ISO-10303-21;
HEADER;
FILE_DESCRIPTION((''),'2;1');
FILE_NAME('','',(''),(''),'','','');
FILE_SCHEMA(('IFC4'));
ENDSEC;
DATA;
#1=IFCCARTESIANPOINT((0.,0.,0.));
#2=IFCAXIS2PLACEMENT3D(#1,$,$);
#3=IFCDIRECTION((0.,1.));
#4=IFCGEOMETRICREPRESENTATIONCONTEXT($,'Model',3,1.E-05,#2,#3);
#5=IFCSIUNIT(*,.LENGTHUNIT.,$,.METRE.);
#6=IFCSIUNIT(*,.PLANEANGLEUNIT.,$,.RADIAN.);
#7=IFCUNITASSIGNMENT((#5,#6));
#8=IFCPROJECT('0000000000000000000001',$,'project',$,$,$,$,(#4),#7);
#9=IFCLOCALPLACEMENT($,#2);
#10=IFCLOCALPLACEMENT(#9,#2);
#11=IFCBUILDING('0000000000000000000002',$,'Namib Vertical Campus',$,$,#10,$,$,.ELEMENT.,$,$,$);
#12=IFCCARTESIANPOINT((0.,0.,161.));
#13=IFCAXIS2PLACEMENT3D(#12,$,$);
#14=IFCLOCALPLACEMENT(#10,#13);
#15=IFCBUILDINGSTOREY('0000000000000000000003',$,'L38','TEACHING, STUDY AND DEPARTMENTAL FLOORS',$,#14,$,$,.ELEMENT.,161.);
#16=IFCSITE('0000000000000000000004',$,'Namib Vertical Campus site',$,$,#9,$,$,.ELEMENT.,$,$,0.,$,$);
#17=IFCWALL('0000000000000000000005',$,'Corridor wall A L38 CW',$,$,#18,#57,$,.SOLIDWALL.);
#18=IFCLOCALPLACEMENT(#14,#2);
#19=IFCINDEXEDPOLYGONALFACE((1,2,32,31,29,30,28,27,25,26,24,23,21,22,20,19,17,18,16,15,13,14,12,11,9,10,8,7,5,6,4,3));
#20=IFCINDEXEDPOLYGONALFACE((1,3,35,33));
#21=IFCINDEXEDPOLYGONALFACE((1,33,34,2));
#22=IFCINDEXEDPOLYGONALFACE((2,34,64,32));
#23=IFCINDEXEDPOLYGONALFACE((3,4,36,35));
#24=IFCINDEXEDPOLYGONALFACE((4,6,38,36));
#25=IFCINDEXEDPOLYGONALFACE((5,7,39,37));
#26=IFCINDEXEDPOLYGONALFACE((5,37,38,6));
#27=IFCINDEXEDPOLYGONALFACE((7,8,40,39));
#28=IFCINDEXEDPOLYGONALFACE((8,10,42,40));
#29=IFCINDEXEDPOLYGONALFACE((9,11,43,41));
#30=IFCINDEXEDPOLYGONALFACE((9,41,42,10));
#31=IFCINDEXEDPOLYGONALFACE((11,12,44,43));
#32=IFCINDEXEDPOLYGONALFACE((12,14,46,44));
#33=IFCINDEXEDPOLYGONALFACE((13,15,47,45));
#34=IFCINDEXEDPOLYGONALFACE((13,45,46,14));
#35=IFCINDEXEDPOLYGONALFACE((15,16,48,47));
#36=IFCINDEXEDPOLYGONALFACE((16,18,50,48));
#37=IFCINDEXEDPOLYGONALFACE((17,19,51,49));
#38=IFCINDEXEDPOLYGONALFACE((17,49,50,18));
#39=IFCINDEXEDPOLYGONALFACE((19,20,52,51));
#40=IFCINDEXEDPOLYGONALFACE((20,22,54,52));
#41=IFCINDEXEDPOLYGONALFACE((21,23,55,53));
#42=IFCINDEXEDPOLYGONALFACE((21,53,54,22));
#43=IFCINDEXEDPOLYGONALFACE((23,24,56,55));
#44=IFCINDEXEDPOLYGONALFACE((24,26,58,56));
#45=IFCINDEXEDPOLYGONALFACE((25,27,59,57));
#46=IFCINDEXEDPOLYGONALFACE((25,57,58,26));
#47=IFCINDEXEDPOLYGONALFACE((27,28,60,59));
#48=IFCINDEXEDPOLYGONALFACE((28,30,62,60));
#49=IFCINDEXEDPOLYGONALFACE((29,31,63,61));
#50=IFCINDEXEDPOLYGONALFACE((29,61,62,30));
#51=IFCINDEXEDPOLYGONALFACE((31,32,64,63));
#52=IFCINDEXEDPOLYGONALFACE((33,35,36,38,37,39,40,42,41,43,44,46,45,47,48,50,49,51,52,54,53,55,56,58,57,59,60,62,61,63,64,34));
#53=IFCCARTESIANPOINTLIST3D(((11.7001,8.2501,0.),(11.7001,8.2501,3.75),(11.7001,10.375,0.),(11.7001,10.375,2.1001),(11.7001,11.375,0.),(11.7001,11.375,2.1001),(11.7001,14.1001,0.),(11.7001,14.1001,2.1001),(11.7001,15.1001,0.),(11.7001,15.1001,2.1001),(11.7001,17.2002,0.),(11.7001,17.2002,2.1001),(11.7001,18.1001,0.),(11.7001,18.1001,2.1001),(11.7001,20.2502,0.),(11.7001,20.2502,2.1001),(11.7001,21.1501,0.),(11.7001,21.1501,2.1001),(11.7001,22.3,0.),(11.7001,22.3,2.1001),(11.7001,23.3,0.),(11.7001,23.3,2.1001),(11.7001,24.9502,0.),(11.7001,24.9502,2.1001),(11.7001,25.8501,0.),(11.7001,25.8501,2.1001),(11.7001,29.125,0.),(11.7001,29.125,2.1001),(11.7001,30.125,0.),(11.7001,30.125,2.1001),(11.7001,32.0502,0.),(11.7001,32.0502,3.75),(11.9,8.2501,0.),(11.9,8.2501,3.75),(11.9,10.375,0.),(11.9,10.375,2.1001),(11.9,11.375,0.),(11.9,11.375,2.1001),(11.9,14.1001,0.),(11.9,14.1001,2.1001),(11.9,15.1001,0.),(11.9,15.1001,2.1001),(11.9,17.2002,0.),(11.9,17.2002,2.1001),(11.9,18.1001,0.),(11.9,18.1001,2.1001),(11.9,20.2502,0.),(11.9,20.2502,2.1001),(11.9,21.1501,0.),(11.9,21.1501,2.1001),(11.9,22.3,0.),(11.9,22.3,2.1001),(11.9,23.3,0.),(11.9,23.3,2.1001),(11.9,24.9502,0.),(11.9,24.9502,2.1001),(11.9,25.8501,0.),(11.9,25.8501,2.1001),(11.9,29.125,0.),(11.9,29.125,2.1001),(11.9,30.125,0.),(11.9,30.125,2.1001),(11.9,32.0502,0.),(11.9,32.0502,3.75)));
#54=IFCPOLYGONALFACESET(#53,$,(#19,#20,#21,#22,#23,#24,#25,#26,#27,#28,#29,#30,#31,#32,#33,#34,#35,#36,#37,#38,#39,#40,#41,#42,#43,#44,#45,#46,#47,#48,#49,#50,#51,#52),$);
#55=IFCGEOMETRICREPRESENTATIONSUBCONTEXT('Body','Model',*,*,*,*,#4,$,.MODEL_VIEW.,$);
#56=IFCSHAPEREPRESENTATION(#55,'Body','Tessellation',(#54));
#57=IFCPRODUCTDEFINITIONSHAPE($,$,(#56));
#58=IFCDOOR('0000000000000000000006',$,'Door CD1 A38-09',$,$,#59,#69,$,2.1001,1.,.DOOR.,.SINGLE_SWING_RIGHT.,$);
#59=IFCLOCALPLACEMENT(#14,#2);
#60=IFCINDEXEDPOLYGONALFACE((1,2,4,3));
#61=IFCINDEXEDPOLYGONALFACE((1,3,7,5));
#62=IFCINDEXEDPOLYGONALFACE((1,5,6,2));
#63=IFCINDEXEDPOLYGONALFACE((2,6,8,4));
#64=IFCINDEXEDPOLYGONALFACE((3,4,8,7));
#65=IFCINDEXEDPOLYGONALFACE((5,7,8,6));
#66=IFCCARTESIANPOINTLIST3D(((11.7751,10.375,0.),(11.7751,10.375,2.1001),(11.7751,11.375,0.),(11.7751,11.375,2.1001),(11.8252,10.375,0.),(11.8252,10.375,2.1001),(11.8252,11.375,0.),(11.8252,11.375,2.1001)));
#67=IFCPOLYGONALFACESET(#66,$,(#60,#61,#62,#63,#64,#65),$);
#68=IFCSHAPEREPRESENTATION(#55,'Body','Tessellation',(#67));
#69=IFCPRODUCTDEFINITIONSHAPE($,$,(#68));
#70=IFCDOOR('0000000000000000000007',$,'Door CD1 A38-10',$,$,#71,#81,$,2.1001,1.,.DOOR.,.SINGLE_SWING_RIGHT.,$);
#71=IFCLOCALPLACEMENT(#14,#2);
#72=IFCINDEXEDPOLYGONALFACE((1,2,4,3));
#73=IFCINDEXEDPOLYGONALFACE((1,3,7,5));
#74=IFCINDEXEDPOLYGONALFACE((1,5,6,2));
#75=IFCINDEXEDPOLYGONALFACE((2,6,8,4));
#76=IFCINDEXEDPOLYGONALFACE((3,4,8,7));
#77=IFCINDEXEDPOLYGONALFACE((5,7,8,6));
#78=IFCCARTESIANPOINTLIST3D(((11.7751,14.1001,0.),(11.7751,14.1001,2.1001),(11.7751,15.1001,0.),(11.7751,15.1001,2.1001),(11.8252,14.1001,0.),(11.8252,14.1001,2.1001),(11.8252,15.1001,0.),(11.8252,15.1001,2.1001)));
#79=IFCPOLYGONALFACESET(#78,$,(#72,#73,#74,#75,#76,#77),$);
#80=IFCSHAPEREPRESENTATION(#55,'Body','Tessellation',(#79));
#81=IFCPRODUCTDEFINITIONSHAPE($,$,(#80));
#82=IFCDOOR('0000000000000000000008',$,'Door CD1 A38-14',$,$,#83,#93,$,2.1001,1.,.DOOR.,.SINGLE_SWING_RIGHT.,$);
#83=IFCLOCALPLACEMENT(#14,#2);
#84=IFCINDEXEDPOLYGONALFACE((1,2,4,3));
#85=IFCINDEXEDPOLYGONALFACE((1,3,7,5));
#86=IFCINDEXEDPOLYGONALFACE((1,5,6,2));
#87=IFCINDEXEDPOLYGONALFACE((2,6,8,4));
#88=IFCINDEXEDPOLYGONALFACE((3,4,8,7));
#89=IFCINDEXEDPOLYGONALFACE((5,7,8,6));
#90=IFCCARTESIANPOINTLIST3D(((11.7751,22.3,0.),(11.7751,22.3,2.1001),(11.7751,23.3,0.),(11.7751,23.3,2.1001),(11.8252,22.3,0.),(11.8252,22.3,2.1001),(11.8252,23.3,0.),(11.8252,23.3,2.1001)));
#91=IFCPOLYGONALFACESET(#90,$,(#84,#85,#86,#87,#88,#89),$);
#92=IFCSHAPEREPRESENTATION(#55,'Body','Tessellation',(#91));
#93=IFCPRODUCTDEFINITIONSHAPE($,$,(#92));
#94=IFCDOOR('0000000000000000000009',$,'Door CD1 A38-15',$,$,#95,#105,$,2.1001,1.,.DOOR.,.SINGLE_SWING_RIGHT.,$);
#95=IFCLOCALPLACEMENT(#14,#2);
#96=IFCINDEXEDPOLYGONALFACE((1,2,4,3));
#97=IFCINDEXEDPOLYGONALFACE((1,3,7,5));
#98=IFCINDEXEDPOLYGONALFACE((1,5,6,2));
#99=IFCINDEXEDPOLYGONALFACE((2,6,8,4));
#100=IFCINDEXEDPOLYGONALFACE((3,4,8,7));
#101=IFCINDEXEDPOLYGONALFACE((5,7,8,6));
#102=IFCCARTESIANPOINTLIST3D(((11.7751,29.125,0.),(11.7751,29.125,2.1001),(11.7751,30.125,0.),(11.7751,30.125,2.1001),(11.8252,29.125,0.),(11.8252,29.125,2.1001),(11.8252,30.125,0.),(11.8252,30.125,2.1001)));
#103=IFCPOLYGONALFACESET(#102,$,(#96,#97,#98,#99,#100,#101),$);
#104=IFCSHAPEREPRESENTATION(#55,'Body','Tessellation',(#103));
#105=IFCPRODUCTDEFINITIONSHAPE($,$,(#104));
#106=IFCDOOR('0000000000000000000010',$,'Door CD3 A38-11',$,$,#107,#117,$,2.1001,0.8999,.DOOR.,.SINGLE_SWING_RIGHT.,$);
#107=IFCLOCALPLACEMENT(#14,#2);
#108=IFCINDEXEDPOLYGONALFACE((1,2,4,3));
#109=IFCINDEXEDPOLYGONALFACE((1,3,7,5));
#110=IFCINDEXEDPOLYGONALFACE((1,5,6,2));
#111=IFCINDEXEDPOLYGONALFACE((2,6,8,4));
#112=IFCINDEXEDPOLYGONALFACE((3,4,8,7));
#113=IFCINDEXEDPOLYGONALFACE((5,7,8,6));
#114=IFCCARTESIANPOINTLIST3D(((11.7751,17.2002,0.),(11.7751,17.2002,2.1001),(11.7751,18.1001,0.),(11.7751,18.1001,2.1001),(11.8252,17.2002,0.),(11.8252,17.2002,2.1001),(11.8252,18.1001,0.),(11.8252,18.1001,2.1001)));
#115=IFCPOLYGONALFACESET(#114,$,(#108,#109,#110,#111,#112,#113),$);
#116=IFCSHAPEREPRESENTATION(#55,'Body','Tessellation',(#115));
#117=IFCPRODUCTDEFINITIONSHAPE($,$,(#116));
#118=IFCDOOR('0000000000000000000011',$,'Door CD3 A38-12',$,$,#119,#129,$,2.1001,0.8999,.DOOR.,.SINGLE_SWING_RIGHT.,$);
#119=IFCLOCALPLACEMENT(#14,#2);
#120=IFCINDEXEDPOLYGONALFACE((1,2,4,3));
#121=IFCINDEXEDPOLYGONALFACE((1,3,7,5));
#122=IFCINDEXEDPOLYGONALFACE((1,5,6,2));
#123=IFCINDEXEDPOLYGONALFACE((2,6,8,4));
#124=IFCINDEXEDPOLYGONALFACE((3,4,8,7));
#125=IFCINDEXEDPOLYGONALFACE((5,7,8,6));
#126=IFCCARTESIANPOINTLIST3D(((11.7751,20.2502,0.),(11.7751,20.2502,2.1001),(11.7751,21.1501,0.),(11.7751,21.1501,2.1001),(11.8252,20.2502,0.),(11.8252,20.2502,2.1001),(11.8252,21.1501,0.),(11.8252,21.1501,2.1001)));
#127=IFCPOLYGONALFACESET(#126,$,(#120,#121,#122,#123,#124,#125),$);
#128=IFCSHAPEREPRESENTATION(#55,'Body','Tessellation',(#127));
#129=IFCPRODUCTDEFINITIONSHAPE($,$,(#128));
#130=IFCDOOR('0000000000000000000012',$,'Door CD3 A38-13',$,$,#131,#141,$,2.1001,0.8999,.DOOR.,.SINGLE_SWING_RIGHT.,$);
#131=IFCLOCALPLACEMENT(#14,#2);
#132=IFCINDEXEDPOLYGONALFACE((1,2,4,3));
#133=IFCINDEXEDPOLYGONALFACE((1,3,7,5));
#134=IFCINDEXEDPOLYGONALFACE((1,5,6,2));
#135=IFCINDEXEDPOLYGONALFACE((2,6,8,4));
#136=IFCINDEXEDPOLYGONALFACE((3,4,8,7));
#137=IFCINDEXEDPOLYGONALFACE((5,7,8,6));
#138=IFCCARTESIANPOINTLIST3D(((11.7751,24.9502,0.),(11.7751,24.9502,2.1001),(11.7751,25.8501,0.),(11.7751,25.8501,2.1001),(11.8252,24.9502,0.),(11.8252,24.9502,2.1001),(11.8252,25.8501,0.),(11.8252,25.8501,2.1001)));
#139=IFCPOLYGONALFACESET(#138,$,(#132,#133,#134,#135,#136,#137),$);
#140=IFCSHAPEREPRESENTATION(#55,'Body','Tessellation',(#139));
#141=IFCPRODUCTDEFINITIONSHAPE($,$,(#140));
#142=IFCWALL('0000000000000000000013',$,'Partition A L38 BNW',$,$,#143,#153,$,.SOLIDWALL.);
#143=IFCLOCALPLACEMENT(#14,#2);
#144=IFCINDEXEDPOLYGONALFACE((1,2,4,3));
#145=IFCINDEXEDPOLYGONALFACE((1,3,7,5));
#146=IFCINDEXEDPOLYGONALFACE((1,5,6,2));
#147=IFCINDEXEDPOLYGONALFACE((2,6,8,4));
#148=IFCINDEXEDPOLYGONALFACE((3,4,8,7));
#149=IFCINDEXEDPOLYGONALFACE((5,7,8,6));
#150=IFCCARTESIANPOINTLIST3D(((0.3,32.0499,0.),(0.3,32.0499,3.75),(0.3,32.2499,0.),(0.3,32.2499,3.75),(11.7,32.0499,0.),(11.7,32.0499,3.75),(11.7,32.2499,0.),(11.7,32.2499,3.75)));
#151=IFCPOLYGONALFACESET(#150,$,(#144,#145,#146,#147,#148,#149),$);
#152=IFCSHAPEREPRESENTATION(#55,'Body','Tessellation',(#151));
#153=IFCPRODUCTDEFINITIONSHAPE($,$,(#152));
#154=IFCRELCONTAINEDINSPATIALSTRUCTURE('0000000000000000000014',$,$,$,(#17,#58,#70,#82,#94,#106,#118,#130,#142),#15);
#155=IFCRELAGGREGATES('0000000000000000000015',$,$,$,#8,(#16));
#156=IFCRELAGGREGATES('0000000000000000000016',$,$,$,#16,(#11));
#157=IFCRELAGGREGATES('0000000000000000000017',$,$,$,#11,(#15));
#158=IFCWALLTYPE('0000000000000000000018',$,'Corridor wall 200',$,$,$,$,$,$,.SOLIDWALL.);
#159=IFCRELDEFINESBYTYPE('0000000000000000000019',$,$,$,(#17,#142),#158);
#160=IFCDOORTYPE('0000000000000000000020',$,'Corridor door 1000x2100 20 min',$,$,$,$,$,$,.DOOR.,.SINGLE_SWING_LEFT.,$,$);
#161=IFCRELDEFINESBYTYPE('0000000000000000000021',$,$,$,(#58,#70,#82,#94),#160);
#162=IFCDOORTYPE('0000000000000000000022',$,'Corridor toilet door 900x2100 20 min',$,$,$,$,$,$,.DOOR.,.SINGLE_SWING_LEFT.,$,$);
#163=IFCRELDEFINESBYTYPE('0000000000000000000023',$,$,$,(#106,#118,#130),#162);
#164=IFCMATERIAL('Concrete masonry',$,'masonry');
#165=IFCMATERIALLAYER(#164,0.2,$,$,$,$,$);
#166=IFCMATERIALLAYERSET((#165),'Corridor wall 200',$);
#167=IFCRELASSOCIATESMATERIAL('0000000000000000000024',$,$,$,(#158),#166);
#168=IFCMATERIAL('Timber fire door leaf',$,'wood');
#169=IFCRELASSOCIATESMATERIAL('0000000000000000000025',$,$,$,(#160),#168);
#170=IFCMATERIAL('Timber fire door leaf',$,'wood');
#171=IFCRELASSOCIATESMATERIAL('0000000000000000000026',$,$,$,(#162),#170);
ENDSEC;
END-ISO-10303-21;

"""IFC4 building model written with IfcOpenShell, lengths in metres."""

from ifc_helpers import new_model, si_unit, direction, frame, frame_2d, origin, place, context, subcontext, project, spatial, rectangle, extrude, material, layer, layer_set, type_object, element, fill, save


model = new_model("IFC4")

# Units and contexts
model_context = context("Model", 3, precision=1e-05, world=origin(), true_north=direction((0.0, 1.0)))
body_context = subcontext(model_context, "Body", "Model", "MODEL_VIEW")
ifc_project = project(units=[si_unit("LENGTHUNIT", "METRE"), si_unit("PLANEANGLEUNIT", "RADIAN")], contexts=[model_context])

# Site, building, storey
site_placement = place(None, origin())
site = spatial("IfcSite", under=ifc_project, at=site_placement, Name="Namib Vertical Campus site", CompositionType="ELEMENT", RefElevation=0.0)
building_placement = place(site_placement, origin())
building = spatial("IfcBuilding", under=site, at=building_placement, Name="Namib Vertical Campus", CompositionType="ELEMENT")
storey_placement = place(building_placement, frame((0.0, 0.0, 161.0)))
storey = spatial("IfcBuildingStorey", under=building, at=storey_placement, Name="L38", Description="TEACHING, STUDY AND DEPARTMENTAL FLOORS", CompositionType="ELEMENT", Elevation=161.0)

# Wall, openings, doors
ifc_material_1 = material(Name="Concrete masonry", Category="masonry")
ifc_layer_1 = layer(ifc_material_1, 0.2)
ifc_layer_set_1 = layer_set([ifc_layer_1], Name="Corridor wall 200")
wall_type_1 = type_object("IfcWallType", Name="Corridor wall 200", PredefinedType="SOLIDWALL", material=ifc_layer_set_1)
wall_1_placement = place(storey_placement, frame((11.8, 32.05, 0.0), z_axis=(0.0, 0.0, 1.0), x_axis=(0.0, -1.0, 0.0)))
wall_1 = element("IfcWall", 1, at=wall_1_placement, inside=storey, type_object=wall_type_1, Name="Corridor wall A L38 CW", PredefinedType="SOLIDWALL", context=body_context, shape_type="SweptSolid", body=[
    extrude(rectangle(XDim=23.8, YDim=0.2, at=frame_2d((11.8999, 0.0))), origin(), (0.0, 0.0, 1.0), 3.75),
])
opening_1_placement = place(wall_1_placement, frame((20.675, 0.0, 0.0)))
opening_1 = element("IfcOpeningElement", 2, at=opening_1_placement, cuts=wall_1, PredefinedType="OPENING", context=body_context, shape_type="SweptSolid", body=[
    extrude(rectangle(XDim=1.0, YDim=2.1001, at=frame_2d((0.5, 1.05))), frame((0.0, 0.1099, 0.0), z_axis=(0.0, -1.0, 0.0), x_axis=(1.0, 0.0, 0.0)), (0.0, 0.0, 1.0), 0.22),
])
opening_2_placement = place(wall_1_placement, frame((16.95, 0.0, 0.0)))
opening_2 = element("IfcOpeningElement", 3, at=opening_2_placement, cuts=wall_1, PredefinedType="OPENING", context=body_context, shape_type="SweptSolid", body=[
    extrude(rectangle(XDim=1.0, YDim=2.1001, at=frame_2d((0.5, 1.05))), frame((0.0, 0.1099, 0.0), z_axis=(0.0, -1.0, 0.0), x_axis=(1.0, 0.0, 0.0)), (0.0, 0.0, 1.0), 0.22),
])
opening_3_placement = place(wall_1_placement, frame((13.95, 0.0, 0.0)))
opening_3 = element("IfcOpeningElement", 4, at=opening_3_placement, cuts=wall_1, PredefinedType="OPENING", context=body_context, shape_type="SweptSolid", body=[
    extrude(rectangle(XDim=0.8999, YDim=2.1001, at=frame_2d((0.45, 1.05))), frame((0.0, 0.1099, 0.0), z_axis=(0.0, -1.0, 0.0), x_axis=(1.0, 0.0, 0.0)), (0.0, 0.0, 1.0), 0.22),
])
opening_4_placement = place(wall_1_placement, frame((10.8999, 0.0, 0.0)))
opening_4 = element("IfcOpeningElement", 5, at=opening_4_placement, cuts=wall_1, PredefinedType="OPENING", context=body_context, shape_type="SweptSolid", body=[
    extrude(rectangle(XDim=0.8999, YDim=2.1001, at=frame_2d((0.45, 1.05))), frame((0.0, 0.1099, 0.0), z_axis=(0.0, -1.0, 0.0), x_axis=(1.0, 0.0, 0.0)), (0.0, 0.0, 1.0), 0.22),
])
opening_5_placement = place(wall_1_placement, frame((6.2, 0.0, 0.0)))
opening_5 = element("IfcOpeningElement", 6, at=opening_5_placement, cuts=wall_1, PredefinedType="OPENING", context=body_context, shape_type="SweptSolid", body=[
    extrude(rectangle(XDim=0.8999, YDim=2.1001, at=frame_2d((0.45, 1.05))), frame((0.0, 0.1099, 0.0), z_axis=(0.0, -1.0, 0.0), x_axis=(1.0, 0.0, 0.0)), (0.0, 0.0, 1.0), 0.22),
])
opening_6_placement = place(wall_1_placement, frame((8.75, 0.0, 0.0)))
opening_6 = element("IfcOpeningElement", 7, at=opening_6_placement, cuts=wall_1, PredefinedType="OPENING", context=body_context, shape_type="SweptSolid", body=[
    extrude(rectangle(XDim=1.0, YDim=2.1001, at=frame_2d((0.5, 1.05))), frame((0.0, 0.1099, 0.0), z_axis=(0.0, -1.0, 0.0), x_axis=(1.0, 0.0, 0.0)), (0.0, 0.0, 1.0), 0.22),
])
opening_7_placement = place(wall_1_placement, frame((1.925, 0.0, 0.0)))
opening_7 = element("IfcOpeningElement", 8, at=opening_7_placement, cuts=wall_1, PredefinedType="OPENING", context=body_context, shape_type="SweptSolid", body=[
    extrude(rectangle(XDim=1.0, YDim=2.1001, at=frame_2d((0.5, 1.05))), frame((0.0, 0.1099, 0.0), z_axis=(0.0, -1.0, 0.0), x_axis=(1.0, 0.0, 0.0)), (0.0, 0.0, 1.0), 0.22),
])
ifc_material_2 = material(Name="Timber fire door leaf", Category="wood")
door_type_1 = type_object("IfcDoorType", Name="Corridor door 1000x2100 20 min", OperationType="SINGLE_SWING_LEFT", PredefinedType="DOOR", material=ifc_material_2)
door_1_placement = place(opening_1_placement, frame((1.0, 0.0, 0.0), z_axis=(0.0, 0.0, 1.0), x_axis=(-1.0, 0.0, 0.0)))
door_1 = element("IfcDoor", 9, at=door_1_placement, inside=storey, type_object=door_type_1, Name="Door CD1 A38-09", OperationType="SINGLE_SWING_RIGHT", OverallHeight=2.1001, OverallWidth=1.0, PredefinedType="DOOR", context=body_context, shape_type="SweptSolid", body=[
    extrude(rectangle(XDim=1.0, YDim=2.1001, at=frame_2d((0.5, 1.05))), frame((0.0, 0.0249, 0.0), z_axis=(0.0, -1.0, 0.0), x_axis=(1.0, 0.0, 0.0)), (0.0, 0.0, 1.0), 0.05),
])
fill(opening_1, door_1)
door_2_placement = place(opening_2_placement, frame((1.0, 0.0, 0.0), z_axis=(0.0, 0.0, 1.0), x_axis=(-1.0, 0.0, 0.0)))
door_2 = element("IfcDoor", 10, at=door_2_placement, inside=storey, type_object=door_type_1, Name="Door CD1 A38-10", OperationType="SINGLE_SWING_RIGHT", OverallHeight=2.1001, OverallWidth=1.0, PredefinedType="DOOR", context=body_context, shape_type="SweptSolid", body=[
    extrude(rectangle(XDim=1.0, YDim=2.1001, at=frame_2d((0.5, 1.05))), frame((0.0, 0.0249, 0.0), z_axis=(0.0, -1.0, 0.0), x_axis=(1.0, 0.0, 0.0)), (0.0, 0.0, 1.0), 0.05),
])
fill(opening_2, door_2)
door_3_placement = place(opening_6_placement, frame((1.0, 0.0, 0.0), z_axis=(0.0, 0.0, 1.0), x_axis=(-1.0, 0.0, 0.0)))
door_3 = element("IfcDoor", 11, at=door_3_placement, inside=storey, type_object=door_type_1, Name="Door CD1 A38-14", OperationType="SINGLE_SWING_RIGHT", OverallHeight=2.1001, OverallWidth=1.0, PredefinedType="DOOR", context=body_context, shape_type="SweptSolid", body=[
    extrude(rectangle(XDim=1.0, YDim=2.1001, at=frame_2d((0.5, 1.05))), frame((0.0, 0.0249, 0.0), z_axis=(0.0, -1.0, 0.0), x_axis=(1.0, 0.0, 0.0)), (0.0, 0.0, 1.0), 0.05),
])
fill(opening_6, door_3)
door_4_placement = place(opening_7_placement, frame((1.0, 0.0, 0.0), z_axis=(0.0, 0.0, 1.0), x_axis=(-1.0, 0.0, 0.0)))
door_4 = element("IfcDoor", 12, at=door_4_placement, inside=storey, type_object=door_type_1, Name="Door CD1 A38-15", OperationType="SINGLE_SWING_RIGHT", OverallHeight=2.1001, OverallWidth=1.0, PredefinedType="DOOR", context=body_context, shape_type="SweptSolid", body=[
    extrude(rectangle(XDim=1.0, YDim=2.1001, at=frame_2d((0.5, 1.05))), frame((0.0, 0.0249, 0.0), z_axis=(0.0, -1.0, 0.0), x_axis=(1.0, 0.0, 0.0)), (0.0, 0.0, 1.0), 0.05),
])
fill(opening_7, door_4)
ifc_material_3 = material(Name="Timber fire door leaf", Category="wood")
door_type_2 = type_object("IfcDoorType", Name="Corridor toilet door 900x2100 20 min", OperationType="SINGLE_SWING_LEFT", PredefinedType="DOOR", material=ifc_material_3)
door_5_placement = place(opening_3_placement, frame((0.8999, 0.0, 0.0), z_axis=(0.0, 0.0, 1.0), x_axis=(-1.0, 0.0, 0.0)))
door_5 = element("IfcDoor", 13, at=door_5_placement, inside=storey, type_object=door_type_2, Name="Door CD3 A38-11", OperationType="SINGLE_SWING_RIGHT", OverallHeight=2.1001, OverallWidth=0.8999, PredefinedType="DOOR", context=body_context, shape_type="SweptSolid", body=[
    extrude(rectangle(XDim=0.8999, YDim=2.1001, at=frame_2d((0.45, 1.05))), frame((0.0, 0.0249, 0.0), z_axis=(0.0, -1.0, 0.0), x_axis=(1.0, 0.0, 0.0)), (0.0, 0.0, 1.0), 0.05),
])
fill(opening_3, door_5)
door_6_placement = place(opening_4_placement, frame((0.8999, 0.0, 0.0), z_axis=(0.0, 0.0, 1.0), x_axis=(-1.0, 0.0, 0.0)))
door_6 = element("IfcDoor", 14, at=door_6_placement, inside=storey, type_object=door_type_2, Name="Door CD3 A38-12", OperationType="SINGLE_SWING_RIGHT", OverallHeight=2.1001, OverallWidth=0.8999, PredefinedType="DOOR", context=body_context, shape_type="SweptSolid", body=[
    extrude(rectangle(XDim=0.8999, YDim=2.1001, at=frame_2d((0.45, 1.05))), frame((0.0, 0.0249, 0.0), z_axis=(0.0, -1.0, 0.0), x_axis=(1.0, 0.0, 0.0)), (0.0, 0.0, 1.0), 0.05),
])
fill(opening_4, door_6)
door_7_placement = place(opening_5_placement, frame((0.8999, 0.0, 0.0), z_axis=(0.0, 0.0, 1.0), x_axis=(-1.0, 0.0, 0.0)))
door_7 = element("IfcDoor", 15, at=door_7_placement, inside=storey, type_object=door_type_2, Name="Door CD3 A38-13", OperationType="SINGLE_SWING_RIGHT", OverallHeight=2.1001, OverallWidth=0.8999, PredefinedType="DOOR", context=body_context, shape_type="SweptSolid", body=[
    extrude(rectangle(XDim=0.8999, YDim=2.1001, at=frame_2d((0.45, 1.05))), frame((0.0, 0.0249, 0.0), z_axis=(0.0, -1.0, 0.0), x_axis=(1.0, 0.0, 0.0)), (0.0, 0.0, 1.0), 0.05),
])
fill(opening_5, door_7)

# Wall
wall_2_placement = place(storey_placement, frame((0.3, 32.1499, 0.0), z_axis=(0.0, 0.0, 1.0), x_axis=(1.0, 0.0, 0.0)))
element("IfcWall", 16, at=wall_2_placement, inside=storey, type_object=wall_type_1, Name="Partition A L38 BNW", PredefinedType="SOLIDWALL", context=body_context, shape_type="SweptSolid", body=[
    extrude(rectangle(XDim=11.3999, YDim=0.2, at=frame_2d((5.7, 0.0))), origin(), (0.0, 0.0, 1.0), 3.75),
])

save(model, "model.ifc")
